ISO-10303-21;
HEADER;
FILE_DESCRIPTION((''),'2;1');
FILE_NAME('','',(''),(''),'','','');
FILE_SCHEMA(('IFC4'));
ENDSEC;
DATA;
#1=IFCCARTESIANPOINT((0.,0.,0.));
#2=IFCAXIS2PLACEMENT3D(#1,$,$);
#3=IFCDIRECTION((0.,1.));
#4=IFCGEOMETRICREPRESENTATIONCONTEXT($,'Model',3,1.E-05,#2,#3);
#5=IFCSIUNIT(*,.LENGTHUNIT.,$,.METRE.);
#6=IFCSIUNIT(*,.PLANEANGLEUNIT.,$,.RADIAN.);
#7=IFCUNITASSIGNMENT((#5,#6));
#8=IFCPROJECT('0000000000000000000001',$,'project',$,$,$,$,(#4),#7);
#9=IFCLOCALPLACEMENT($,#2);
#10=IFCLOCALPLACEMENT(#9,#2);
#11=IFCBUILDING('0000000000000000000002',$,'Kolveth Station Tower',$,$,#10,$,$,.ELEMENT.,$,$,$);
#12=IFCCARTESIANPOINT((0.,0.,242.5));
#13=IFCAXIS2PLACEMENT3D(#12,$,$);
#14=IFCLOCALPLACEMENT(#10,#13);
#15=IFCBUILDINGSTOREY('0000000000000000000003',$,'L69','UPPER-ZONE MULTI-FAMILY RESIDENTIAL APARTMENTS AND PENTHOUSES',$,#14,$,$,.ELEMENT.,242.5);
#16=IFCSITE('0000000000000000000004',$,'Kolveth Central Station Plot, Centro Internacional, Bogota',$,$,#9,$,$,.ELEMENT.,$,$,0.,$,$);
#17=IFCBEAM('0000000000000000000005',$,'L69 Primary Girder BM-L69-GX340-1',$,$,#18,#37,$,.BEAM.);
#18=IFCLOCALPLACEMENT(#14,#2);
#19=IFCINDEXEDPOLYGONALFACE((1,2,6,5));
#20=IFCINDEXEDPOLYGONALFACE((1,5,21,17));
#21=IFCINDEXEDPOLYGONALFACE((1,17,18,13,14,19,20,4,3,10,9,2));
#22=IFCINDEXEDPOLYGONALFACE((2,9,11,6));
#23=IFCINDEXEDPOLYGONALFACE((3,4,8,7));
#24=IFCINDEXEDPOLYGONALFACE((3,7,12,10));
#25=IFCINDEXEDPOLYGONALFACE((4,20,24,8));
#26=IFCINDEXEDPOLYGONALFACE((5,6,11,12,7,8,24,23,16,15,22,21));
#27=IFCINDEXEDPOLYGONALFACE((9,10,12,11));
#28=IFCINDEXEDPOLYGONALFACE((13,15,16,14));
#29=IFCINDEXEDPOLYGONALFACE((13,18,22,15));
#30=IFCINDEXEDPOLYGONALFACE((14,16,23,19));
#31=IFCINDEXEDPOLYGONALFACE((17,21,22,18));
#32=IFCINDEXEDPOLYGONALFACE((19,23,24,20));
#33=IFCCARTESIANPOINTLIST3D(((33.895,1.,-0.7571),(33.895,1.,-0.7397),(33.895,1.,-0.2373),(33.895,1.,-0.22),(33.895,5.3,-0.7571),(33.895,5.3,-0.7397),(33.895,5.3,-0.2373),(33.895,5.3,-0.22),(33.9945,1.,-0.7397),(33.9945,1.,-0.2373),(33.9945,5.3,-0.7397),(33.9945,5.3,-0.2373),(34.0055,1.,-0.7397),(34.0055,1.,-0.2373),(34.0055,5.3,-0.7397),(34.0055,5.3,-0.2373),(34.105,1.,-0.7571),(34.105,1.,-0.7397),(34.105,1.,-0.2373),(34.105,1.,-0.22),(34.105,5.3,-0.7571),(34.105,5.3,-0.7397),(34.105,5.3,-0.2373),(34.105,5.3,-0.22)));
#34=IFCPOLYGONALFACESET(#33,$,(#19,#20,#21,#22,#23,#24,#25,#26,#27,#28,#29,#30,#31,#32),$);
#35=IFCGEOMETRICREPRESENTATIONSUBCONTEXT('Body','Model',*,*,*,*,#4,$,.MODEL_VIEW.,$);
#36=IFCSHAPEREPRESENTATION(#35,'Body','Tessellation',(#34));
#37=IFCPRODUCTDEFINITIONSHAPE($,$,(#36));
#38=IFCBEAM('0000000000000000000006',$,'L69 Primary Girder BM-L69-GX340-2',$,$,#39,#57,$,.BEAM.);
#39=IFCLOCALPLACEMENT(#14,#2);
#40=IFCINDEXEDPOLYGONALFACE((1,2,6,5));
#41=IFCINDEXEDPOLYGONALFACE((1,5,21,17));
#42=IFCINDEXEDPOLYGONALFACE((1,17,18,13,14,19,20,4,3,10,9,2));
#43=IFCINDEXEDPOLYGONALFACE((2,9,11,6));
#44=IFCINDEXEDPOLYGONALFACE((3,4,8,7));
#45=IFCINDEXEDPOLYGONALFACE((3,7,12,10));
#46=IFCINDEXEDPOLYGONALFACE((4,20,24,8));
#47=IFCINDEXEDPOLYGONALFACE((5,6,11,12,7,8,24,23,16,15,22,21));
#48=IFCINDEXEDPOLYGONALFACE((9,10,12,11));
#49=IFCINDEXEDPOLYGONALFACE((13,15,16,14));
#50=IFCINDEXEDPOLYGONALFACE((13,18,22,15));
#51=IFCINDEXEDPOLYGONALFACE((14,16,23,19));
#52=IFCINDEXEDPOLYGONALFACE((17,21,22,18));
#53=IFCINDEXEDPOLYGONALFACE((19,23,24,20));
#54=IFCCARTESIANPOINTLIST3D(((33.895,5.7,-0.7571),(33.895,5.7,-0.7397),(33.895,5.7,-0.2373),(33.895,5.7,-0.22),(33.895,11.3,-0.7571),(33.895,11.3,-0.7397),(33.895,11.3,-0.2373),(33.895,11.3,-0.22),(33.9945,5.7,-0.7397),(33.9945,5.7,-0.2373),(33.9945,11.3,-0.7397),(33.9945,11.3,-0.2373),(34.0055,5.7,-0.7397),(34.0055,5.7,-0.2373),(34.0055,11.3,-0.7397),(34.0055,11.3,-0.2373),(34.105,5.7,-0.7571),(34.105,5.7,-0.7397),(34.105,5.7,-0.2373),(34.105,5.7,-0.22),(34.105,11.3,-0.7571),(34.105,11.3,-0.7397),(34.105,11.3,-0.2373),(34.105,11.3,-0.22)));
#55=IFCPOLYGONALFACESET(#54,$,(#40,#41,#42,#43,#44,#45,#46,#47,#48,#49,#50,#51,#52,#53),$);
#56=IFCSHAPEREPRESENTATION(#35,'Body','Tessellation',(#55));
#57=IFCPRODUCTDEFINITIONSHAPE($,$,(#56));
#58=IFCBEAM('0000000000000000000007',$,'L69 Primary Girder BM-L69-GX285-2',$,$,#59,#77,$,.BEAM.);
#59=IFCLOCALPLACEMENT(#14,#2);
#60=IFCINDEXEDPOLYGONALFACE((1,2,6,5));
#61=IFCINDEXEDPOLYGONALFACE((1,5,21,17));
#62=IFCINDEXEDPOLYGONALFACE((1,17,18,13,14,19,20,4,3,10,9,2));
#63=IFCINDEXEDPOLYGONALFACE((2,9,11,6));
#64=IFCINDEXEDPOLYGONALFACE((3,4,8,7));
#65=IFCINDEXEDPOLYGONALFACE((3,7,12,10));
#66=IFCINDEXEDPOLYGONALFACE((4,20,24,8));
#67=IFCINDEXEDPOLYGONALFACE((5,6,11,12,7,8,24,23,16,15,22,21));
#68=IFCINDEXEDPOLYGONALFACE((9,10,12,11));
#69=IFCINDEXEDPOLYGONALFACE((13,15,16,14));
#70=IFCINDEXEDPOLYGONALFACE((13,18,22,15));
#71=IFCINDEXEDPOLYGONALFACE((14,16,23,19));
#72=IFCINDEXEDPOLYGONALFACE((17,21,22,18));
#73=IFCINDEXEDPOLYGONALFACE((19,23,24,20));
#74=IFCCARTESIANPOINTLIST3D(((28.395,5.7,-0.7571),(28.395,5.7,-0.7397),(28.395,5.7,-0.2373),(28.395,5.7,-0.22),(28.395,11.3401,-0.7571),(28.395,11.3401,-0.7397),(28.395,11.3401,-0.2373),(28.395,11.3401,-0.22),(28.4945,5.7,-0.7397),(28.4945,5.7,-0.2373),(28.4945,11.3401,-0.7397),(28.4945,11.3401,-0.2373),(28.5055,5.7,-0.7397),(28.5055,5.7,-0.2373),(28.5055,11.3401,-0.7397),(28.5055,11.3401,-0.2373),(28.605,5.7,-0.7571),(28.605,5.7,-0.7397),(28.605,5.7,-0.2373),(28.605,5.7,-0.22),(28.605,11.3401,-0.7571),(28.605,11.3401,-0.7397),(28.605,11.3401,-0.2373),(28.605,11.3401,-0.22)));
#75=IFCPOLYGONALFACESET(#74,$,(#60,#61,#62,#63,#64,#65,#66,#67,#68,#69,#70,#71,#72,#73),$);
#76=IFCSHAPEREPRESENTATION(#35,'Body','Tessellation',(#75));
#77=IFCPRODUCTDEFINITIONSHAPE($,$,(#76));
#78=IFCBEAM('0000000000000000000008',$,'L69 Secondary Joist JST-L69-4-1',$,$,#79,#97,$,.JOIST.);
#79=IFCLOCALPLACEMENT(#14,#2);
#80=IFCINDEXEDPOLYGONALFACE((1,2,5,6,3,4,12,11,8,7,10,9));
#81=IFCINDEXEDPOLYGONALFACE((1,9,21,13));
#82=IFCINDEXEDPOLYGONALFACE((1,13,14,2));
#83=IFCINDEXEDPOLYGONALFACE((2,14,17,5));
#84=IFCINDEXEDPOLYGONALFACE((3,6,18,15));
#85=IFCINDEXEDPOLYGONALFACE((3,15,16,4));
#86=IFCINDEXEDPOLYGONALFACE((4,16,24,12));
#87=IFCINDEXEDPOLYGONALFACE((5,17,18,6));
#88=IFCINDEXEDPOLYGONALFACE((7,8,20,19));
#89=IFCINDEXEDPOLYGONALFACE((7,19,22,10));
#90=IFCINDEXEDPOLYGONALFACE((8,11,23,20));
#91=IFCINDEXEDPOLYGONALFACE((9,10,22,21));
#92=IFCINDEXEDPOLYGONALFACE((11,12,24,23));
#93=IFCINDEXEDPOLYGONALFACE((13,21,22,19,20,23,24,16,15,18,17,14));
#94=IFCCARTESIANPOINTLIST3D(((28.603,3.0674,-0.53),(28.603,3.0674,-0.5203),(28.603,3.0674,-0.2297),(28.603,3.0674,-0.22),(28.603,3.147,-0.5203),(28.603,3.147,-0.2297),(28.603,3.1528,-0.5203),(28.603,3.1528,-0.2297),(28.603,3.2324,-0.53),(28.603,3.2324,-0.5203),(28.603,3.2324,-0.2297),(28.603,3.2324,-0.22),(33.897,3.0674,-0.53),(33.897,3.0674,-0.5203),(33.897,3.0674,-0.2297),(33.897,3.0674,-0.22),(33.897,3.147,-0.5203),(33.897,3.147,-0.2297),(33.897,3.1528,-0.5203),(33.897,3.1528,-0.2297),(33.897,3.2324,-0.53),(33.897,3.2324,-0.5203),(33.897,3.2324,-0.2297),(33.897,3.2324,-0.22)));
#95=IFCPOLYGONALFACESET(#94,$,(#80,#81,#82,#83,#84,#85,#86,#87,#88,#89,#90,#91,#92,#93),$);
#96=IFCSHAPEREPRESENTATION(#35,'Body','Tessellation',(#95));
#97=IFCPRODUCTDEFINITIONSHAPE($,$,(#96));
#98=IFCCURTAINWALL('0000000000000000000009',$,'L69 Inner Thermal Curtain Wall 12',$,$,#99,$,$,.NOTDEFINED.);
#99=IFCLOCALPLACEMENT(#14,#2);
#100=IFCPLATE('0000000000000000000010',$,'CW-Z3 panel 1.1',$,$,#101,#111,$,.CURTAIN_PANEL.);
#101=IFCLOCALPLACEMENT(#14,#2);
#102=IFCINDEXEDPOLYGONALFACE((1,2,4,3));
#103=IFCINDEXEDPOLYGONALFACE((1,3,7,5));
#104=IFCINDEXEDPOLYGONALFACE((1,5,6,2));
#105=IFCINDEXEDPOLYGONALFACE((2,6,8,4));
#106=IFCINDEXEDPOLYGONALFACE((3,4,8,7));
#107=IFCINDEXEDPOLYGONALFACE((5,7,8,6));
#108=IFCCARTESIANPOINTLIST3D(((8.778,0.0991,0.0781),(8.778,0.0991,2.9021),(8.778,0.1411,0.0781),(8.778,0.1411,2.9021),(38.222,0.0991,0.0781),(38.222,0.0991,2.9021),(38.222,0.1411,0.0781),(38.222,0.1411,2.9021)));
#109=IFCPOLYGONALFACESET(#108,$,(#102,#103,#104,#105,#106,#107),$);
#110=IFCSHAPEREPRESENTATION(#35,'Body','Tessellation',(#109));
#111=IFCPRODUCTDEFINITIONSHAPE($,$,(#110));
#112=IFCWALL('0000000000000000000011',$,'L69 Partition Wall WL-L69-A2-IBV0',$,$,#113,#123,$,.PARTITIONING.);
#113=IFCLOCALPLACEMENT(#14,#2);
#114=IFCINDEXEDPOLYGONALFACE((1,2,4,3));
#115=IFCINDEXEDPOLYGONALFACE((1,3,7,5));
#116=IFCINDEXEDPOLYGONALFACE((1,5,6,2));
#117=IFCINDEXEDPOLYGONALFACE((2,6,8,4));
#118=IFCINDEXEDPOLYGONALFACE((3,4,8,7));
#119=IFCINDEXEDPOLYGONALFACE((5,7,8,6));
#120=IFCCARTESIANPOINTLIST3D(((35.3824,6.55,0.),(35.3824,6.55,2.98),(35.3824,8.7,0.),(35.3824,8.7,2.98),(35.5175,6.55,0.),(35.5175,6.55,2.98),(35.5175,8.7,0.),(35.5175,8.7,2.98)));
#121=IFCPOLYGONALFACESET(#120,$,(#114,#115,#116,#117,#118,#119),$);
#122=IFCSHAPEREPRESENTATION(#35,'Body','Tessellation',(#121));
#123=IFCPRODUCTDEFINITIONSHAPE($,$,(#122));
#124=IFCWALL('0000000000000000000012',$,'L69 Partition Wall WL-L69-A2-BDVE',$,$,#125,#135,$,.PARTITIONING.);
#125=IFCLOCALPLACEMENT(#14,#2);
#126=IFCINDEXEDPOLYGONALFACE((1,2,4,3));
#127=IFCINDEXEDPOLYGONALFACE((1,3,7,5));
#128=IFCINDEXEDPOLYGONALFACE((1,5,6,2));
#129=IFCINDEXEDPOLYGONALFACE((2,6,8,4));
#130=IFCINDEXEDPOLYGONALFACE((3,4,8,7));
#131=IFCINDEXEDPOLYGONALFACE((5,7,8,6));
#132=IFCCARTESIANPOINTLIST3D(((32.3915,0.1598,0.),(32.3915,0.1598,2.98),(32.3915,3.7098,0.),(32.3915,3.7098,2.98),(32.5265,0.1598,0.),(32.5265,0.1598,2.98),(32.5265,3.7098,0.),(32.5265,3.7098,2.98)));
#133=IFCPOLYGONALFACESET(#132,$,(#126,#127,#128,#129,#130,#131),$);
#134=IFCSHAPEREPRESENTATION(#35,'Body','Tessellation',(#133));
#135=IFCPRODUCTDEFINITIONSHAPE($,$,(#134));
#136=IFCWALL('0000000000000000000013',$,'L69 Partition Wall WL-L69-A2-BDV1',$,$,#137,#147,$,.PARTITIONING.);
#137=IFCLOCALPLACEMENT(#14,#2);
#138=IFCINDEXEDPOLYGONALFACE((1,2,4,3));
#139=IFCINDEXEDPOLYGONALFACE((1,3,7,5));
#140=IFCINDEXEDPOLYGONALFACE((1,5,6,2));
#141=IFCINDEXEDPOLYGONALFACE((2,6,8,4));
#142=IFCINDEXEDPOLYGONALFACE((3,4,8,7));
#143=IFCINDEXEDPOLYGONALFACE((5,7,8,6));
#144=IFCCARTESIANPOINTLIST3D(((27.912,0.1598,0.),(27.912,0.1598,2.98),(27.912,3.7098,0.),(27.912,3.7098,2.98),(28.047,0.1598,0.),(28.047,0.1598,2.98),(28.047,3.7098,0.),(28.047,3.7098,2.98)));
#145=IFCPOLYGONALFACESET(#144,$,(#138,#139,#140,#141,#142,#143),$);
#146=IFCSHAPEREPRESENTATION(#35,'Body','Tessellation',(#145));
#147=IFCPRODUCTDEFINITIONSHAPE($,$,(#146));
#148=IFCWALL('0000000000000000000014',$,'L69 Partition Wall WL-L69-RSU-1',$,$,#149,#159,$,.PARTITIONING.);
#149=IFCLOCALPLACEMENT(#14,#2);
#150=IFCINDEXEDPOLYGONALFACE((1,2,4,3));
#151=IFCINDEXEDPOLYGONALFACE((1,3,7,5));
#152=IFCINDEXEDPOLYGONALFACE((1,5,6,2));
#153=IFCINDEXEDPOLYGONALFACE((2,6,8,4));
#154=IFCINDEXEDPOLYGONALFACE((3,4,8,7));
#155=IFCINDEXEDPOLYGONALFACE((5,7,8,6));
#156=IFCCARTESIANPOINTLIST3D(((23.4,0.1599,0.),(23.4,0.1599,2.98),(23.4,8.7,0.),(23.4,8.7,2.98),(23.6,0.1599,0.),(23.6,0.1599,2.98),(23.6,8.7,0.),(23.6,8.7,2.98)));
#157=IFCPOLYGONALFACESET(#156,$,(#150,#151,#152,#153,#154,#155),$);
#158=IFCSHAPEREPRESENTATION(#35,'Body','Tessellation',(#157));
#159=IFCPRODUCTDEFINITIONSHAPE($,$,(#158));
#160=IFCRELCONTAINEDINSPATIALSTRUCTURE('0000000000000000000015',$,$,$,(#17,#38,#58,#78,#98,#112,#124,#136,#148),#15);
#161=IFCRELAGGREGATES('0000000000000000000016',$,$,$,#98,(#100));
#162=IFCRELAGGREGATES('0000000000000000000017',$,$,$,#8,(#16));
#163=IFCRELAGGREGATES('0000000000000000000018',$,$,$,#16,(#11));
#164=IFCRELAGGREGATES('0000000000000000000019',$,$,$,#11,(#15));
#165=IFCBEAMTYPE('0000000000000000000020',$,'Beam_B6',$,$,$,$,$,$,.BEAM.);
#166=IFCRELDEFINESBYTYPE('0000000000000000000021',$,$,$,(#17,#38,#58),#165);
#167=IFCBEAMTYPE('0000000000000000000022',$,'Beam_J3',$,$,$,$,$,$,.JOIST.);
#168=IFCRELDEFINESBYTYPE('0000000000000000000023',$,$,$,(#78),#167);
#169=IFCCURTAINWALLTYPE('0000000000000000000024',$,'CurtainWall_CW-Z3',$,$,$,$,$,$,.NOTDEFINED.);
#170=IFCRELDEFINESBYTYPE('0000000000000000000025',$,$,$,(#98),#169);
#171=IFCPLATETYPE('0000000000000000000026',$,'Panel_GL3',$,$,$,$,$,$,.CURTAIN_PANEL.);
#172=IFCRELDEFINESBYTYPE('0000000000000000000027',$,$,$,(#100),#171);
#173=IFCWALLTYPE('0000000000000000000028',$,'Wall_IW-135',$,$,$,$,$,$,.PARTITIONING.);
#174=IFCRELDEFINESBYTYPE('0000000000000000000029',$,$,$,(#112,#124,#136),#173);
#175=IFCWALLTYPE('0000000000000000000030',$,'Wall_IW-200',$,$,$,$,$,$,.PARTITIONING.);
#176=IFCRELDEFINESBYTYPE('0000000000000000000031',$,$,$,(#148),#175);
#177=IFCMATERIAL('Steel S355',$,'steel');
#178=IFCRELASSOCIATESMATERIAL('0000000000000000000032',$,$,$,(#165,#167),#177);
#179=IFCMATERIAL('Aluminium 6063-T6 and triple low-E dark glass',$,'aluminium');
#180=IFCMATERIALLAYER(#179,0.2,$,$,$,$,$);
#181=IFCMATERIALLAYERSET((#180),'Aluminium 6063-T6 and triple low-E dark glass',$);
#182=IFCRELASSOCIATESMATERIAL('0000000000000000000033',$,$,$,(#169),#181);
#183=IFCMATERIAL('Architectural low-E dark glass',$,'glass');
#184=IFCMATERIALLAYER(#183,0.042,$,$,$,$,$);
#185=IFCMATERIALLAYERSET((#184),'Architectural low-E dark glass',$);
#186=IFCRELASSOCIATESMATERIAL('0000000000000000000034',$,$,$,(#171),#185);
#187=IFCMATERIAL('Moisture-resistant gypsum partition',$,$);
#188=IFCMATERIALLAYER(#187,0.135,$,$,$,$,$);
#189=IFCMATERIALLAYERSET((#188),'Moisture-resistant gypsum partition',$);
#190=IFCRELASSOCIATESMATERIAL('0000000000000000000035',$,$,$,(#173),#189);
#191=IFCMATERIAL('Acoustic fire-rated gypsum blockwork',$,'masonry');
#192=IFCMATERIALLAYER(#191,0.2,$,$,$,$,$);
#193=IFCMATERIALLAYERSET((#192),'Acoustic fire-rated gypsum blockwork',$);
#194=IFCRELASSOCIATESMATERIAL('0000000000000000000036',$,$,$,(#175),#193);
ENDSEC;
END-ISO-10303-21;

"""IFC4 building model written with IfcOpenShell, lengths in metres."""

from ifc_helpers import new_model, si_unit, direction, frame, frame_2d, origin, origin_2d, place, context, subcontext, project, spatial, rectangle, i_section, extrude, source, transform, mapped, material, layer, layer_set, material_profile, profile_set, type_object, element, aggregate, save


model = new_model("IFC4")

# Units and contexts
model_context = context("Model", 3, precision=1e-05, world=origin(), true_north=direction((0.0, 1.0)))
body_context = subcontext(model_context, "Body", "Model", "MODEL_VIEW")
ifc_project = project(units=[si_unit("LENGTHUNIT", "METRE"), si_unit("PLANEANGLEUNIT", "RADIAN")], contexts=[model_context])

# Site, building, storey
site_placement = place(None, origin())
site = spatial("IfcSite", under=ifc_project, at=site_placement, Name="Kolveth Central Station Plot, Centro Internacional, Bogota", CompositionType="ELEMENT", RefElevation=0.0)
building_placement = place(site_placement, origin())
building = spatial("IfcBuilding", under=site, at=building_placement, Name="Kolveth Station Tower", CompositionType="ELEMENT")
storey_placement = place(building_placement, frame((0.0, 0.0, 242.5)))
storey = spatial("IfcBuildingStorey", under=building, at=storey_placement, Name="L69", Description="UPPER-ZONE MULTI-FAMILY RESIDENTIAL APARTMENTS AND PENTHOUSES", CompositionType="ELEMENT", Elevation=242.5)

# Shared definitions
ifc_material_1 = material(Name="Steel S355", Category="steel")

# Beams
ifc_material_profile_1 = material_profile(ifc_material_1, i_section(OverallWidth=0.21, OverallDepth=0.5371, WebThickness=0.011, FlangeThickness=0.0173, at=origin_2d()), Name="W530x101")
ifc_profile_set_1 = profile_set([ifc_material_profile_1], Name="Steel S355")
beam_type_1 = type_object("IfcBeamType", Name="Beam_B6", PredefinedType="BEAM", material=ifc_profile_set_1)
shared_shape_1 = source(origin(), body_context, "Body", "SweptSolid", [
    extrude(i_section(OverallWidth=0.21, OverallDepth=0.5371, WebThickness=0.011, FlangeThickness=0.0173, at=origin_2d()), origin(), (0.0, 0.0, 1.0), 4.3),
])
for number, where, z_axis, x_axis, name in (
    (1, (34.0, 1.0, -0.4885), (0.0, 1.0, 0.0), (-1.0, 0.0, 0.0), "L69 Primary Girder BM-L69-GX340-1"),
):
    element("IfcBeam", number, at=place(storey_placement, frame(where, z_axis=z_axis, x_axis=x_axis)), inside=storey, type_object=beam_type_1, Name=name, PredefinedType="BEAM", context=body_context, shape_type="MappedRepresentation", body=[
        mapped(shared_shape_1, transform((0.0, 0.0, 0.0), x_axis=(1.0, 0.0, 0.0), y_axis=(0.0, 1.0, 0.0), z_axis=(0.0, 0.0, 1.0), scale=1.0)),
    ])
shared_shape_2 = source(origin(), body_context, "Body", "SweptSolid", [
    extrude(i_section(OverallWidth=0.21, OverallDepth=0.5371, WebThickness=0.011, FlangeThickness=0.0173, at=origin_2d()), origin(), (0.0, 0.0, 1.0), 5.6001),
])
beam_1_placement = place(storey_placement, frame((34.0, 5.7, -0.4885), z_axis=(0.0, 1.0, 0.0), x_axis=(-1.0, 0.0, 0.0)))
element("IfcBeam", 2, at=beam_1_placement, inside=storey, type_object=beam_type_1, Name="L69 Primary Girder BM-L69-GX340-2", PredefinedType="BEAM", context=body_context, shape_type="MappedRepresentation", body=[
    mapped(shared_shape_2, transform((0.0, 0.0, 0.0), x_axis=(1.0, 0.0, 0.0), y_axis=(0.0, 1.0, 0.0), z_axis=(0.0, 0.0, 1.0), scale=1.0)),
])
shared_shape_3 = source(origin(), body_context, "Body", "SweptSolid", [
    extrude(i_section(OverallWidth=0.21, OverallDepth=0.5371, WebThickness=0.011, FlangeThickness=0.0173, at=origin_2d()), origin(), (0.0, 0.0, 1.0), 5.6401),
])
beam_2_placement = place(storey_placement, frame((28.5, 5.7, -0.4885), z_axis=(0.0, 1.0, 0.0), x_axis=(-1.0, 0.0, 0.0)))
element("IfcBeam", 3, at=beam_2_placement, inside=storey, type_object=beam_type_1, Name="L69 Primary Girder BM-L69-GX285-2", PredefinedType="BEAM", context=body_context, shape_type="MappedRepresentation", body=[
    mapped(shared_shape_3, transform((0.0, 0.0, 0.0), x_axis=(1.0, 0.0, 0.0), y_axis=(0.0, 1.0, 0.0), z_axis=(0.0, 0.0, 1.0), scale=1.0)),
])
ifc_material_profile_2 = material_profile(ifc_material_1, i_section(OverallWidth=0.165, OverallDepth=0.3101, WebThickness=0.0059, FlangeThickness=0.0098, at=origin_2d()), Name="W310x39")
ifc_profile_set_2 = profile_set([ifc_material_profile_2], Name="Steel S355")
beam_type_2 = type_object("IfcBeamType", Name="Beam_J3", PredefinedType="JOIST", material=ifc_profile_set_2)
shared_shape_4 = source(origin(), body_context, "Body", "SweptSolid", [
    extrude(i_section(OverallWidth=0.165, OverallDepth=0.3101, WebThickness=0.0059, FlangeThickness=0.0098, at=origin_2d()), origin(), (0.0, 0.0, 1.0), 5.2939),
])
beam_3_placement = place(storey_placement, frame((28.603, 3.1499, -0.375), z_axis=(1.0, 0.0, 0.0), x_axis=(0.0, 1.0, 0.0)))
element("IfcBeam", 4, at=beam_3_placement, inside=storey, type_object=beam_type_2, Name="L69 Secondary Joist JST-L69-4-1", PredefinedType="JOIST", context=body_context, shape_type="MappedRepresentation", body=[
    mapped(shared_shape_4, transform((0.0, 0.0, 0.0), x_axis=(1.0, 0.0, 0.0), y_axis=(0.0, 1.0, 0.0), z_axis=(0.0, 0.0, 1.0), scale=1.0)),
])

# Curtain wall, plate
ifc_material_2 = material(Name="Aluminium 6063-T6 and triple low-E dark glass", Category="aluminium")
ifc_layer_1 = layer(ifc_material_2, 0.2)
ifc_layer_set_1 = layer_set([ifc_layer_1], Name="Aluminium 6063-T6 and triple low-E dark glass")
curtain_wall_type = type_object("IfcCurtainWallType", Name="CurtainWall_CW-Z3", PredefinedType="NOTDEFINED", material=ifc_layer_set_1)
curtain_wall_placement = place(storey_placement, origin())
curtain_wall = element("IfcCurtainWall", 5, at=curtain_wall_placement, inside=storey, type_object=curtain_wall_type, Name="L69 Inner Thermal Curtain Wall 12", PredefinedType="NOTDEFINED")
ifc_material_3 = material(Name="Architectural low-E dark glass", Category="glass")
ifc_layer_2 = layer(ifc_material_3, 0.042)
ifc_layer_set_2 = layer_set([ifc_layer_2], Name="Architectural low-E dark glass")
plate_type = type_object("IfcPlateType", Name="Panel_GL3", PredefinedType="CURTAIN_PANEL", material=ifc_layer_set_2)
shared_shape_5 = source(origin(), body_context, "Body", "SweptSolid", [
    extrude(rectangle(XDim=29.4441, YDim=0.042, at=origin_2d()), origin(), (0.0, 0.0, 1.0), 2.824),
])
plate_placement = place(storey_placement, frame((23.5, 0.1201, 0.0781), z_axis=(0.0, 0.0, 1.0), x_axis=(1.0, 0.0, 0.0)))
plate = element("IfcPlate", 6, at=plate_placement, type_object=plate_type, Name="CW-Z3 panel 1.1", PredefinedType="CURTAIN_PANEL", context=body_context, shape_type="MappedRepresentation", body=[
    mapped(shared_shape_5, transform((0.0, 0.0, 0.0), x_axis=(1.0, 0.0, 0.0), y_axis=(0.0, 1.0, 0.0), z_axis=(0.0, 0.0, 1.0), scale=1.0)),
])
aggregate(curtain_wall, [plate])

# Shared definitions
ifc_material_4 = material(Name="Moisture-resistant gypsum partition")
ifc_layer_3 = layer(ifc_material_4, 0.135)
ifc_layer_set_3 = layer_set([ifc_layer_3], Name="Moisture-resistant gypsum partition")
wall_type_1 = type_object("IfcWallType", Name="Wall_IW-135", PredefinedType="PARTITIONING", material=ifc_layer_set_3)

# Walls
wall_1_placement = place(storey_placement, frame((35.45, 6.55, 0.0), z_axis=(0.0, 0.0, 1.0), x_axis=(0.0, 1.0, 0.0)))
element("IfcWall", 7, at=wall_1_placement, inside=storey, type_object=wall_type_1, Name="L69 Partition Wall WL-L69-A2-IBV0", PredefinedType="PARTITIONING", context=body_context, shape_type="SweptSolid", body=[
    extrude(rectangle(XDim=2.1499, YDim=0.135, at=frame_2d((1.075, 0.0))), origin(), (0.0, 0.0, 1.0), 2.98),
])
wall_2_placement = place(storey_placement, frame((32.459, 0.1599, 0.0), z_axis=(0.0, 0.0, 1.0), x_axis=(0.0, 1.0, 0.0)))
element("IfcWall", 8, at=wall_2_placement, inside=storey, type_object=wall_type_1, Name="L69 Partition Wall WL-L69-A2-BDVE", PredefinedType="PARTITIONING", context=body_context, shape_type="SweptSolid", body=[
    extrude(rectangle(XDim=3.55, YDim=0.135, at=frame_2d((1.7749, 0.0))), origin(), (0.0, 0.0, 1.0), 2.98),
])

# Walls
wall_3_placement = place(storey_placement, frame((27.9795, 0.1599, 0.0), z_axis=(0.0, 0.0, 1.0), x_axis=(0.0, 1.0, 0.0)))
element("IfcWall", 9, at=wall_3_placement, inside=storey, type_object=wall_type_1, Name="L69 Partition Wall WL-L69-A2-BDV1", PredefinedType="PARTITIONING", context=body_context, shape_type="SweptSolid", body=[
    extrude(rectangle(XDim=3.55, YDim=0.135, at=frame_2d((1.7749, 0.0))), origin(), (0.0, 0.0, 1.0), 2.98),
])
ifc_material_5 = material(Name="Acoustic fire-rated gypsum blockwork", Category="masonry")
ifc_layer_4 = layer(ifc_material_5, 0.2)
ifc_layer_set_4 = layer_set([ifc_layer_4], Name="Acoustic fire-rated gypsum blockwork")
wall_type_2 = type_object("IfcWallType", Name="Wall_IW-200", PredefinedType="PARTITIONING", material=ifc_layer_set_4)
wall_4_placement = place(storey_placement, frame((23.5, 0.1599, 0.0), z_axis=(0.0, 0.0, 1.0), x_axis=(0.0, 1.0, 0.0)))
element("IfcWall", 10, at=wall_4_placement, inside=storey, type_object=wall_type_2, Name="L69 Partition Wall WL-L69-RSU-1", PredefinedType="PARTITIONING", context=body_context, shape_type="SweptSolid", body=[
    extrude(rectangle(XDim=8.54, YDim=0.2, at=frame_2d((4.27, 0.0))), origin(), (0.0, 0.0, 1.0), 2.98),
])

save(model, "model.ifc")
